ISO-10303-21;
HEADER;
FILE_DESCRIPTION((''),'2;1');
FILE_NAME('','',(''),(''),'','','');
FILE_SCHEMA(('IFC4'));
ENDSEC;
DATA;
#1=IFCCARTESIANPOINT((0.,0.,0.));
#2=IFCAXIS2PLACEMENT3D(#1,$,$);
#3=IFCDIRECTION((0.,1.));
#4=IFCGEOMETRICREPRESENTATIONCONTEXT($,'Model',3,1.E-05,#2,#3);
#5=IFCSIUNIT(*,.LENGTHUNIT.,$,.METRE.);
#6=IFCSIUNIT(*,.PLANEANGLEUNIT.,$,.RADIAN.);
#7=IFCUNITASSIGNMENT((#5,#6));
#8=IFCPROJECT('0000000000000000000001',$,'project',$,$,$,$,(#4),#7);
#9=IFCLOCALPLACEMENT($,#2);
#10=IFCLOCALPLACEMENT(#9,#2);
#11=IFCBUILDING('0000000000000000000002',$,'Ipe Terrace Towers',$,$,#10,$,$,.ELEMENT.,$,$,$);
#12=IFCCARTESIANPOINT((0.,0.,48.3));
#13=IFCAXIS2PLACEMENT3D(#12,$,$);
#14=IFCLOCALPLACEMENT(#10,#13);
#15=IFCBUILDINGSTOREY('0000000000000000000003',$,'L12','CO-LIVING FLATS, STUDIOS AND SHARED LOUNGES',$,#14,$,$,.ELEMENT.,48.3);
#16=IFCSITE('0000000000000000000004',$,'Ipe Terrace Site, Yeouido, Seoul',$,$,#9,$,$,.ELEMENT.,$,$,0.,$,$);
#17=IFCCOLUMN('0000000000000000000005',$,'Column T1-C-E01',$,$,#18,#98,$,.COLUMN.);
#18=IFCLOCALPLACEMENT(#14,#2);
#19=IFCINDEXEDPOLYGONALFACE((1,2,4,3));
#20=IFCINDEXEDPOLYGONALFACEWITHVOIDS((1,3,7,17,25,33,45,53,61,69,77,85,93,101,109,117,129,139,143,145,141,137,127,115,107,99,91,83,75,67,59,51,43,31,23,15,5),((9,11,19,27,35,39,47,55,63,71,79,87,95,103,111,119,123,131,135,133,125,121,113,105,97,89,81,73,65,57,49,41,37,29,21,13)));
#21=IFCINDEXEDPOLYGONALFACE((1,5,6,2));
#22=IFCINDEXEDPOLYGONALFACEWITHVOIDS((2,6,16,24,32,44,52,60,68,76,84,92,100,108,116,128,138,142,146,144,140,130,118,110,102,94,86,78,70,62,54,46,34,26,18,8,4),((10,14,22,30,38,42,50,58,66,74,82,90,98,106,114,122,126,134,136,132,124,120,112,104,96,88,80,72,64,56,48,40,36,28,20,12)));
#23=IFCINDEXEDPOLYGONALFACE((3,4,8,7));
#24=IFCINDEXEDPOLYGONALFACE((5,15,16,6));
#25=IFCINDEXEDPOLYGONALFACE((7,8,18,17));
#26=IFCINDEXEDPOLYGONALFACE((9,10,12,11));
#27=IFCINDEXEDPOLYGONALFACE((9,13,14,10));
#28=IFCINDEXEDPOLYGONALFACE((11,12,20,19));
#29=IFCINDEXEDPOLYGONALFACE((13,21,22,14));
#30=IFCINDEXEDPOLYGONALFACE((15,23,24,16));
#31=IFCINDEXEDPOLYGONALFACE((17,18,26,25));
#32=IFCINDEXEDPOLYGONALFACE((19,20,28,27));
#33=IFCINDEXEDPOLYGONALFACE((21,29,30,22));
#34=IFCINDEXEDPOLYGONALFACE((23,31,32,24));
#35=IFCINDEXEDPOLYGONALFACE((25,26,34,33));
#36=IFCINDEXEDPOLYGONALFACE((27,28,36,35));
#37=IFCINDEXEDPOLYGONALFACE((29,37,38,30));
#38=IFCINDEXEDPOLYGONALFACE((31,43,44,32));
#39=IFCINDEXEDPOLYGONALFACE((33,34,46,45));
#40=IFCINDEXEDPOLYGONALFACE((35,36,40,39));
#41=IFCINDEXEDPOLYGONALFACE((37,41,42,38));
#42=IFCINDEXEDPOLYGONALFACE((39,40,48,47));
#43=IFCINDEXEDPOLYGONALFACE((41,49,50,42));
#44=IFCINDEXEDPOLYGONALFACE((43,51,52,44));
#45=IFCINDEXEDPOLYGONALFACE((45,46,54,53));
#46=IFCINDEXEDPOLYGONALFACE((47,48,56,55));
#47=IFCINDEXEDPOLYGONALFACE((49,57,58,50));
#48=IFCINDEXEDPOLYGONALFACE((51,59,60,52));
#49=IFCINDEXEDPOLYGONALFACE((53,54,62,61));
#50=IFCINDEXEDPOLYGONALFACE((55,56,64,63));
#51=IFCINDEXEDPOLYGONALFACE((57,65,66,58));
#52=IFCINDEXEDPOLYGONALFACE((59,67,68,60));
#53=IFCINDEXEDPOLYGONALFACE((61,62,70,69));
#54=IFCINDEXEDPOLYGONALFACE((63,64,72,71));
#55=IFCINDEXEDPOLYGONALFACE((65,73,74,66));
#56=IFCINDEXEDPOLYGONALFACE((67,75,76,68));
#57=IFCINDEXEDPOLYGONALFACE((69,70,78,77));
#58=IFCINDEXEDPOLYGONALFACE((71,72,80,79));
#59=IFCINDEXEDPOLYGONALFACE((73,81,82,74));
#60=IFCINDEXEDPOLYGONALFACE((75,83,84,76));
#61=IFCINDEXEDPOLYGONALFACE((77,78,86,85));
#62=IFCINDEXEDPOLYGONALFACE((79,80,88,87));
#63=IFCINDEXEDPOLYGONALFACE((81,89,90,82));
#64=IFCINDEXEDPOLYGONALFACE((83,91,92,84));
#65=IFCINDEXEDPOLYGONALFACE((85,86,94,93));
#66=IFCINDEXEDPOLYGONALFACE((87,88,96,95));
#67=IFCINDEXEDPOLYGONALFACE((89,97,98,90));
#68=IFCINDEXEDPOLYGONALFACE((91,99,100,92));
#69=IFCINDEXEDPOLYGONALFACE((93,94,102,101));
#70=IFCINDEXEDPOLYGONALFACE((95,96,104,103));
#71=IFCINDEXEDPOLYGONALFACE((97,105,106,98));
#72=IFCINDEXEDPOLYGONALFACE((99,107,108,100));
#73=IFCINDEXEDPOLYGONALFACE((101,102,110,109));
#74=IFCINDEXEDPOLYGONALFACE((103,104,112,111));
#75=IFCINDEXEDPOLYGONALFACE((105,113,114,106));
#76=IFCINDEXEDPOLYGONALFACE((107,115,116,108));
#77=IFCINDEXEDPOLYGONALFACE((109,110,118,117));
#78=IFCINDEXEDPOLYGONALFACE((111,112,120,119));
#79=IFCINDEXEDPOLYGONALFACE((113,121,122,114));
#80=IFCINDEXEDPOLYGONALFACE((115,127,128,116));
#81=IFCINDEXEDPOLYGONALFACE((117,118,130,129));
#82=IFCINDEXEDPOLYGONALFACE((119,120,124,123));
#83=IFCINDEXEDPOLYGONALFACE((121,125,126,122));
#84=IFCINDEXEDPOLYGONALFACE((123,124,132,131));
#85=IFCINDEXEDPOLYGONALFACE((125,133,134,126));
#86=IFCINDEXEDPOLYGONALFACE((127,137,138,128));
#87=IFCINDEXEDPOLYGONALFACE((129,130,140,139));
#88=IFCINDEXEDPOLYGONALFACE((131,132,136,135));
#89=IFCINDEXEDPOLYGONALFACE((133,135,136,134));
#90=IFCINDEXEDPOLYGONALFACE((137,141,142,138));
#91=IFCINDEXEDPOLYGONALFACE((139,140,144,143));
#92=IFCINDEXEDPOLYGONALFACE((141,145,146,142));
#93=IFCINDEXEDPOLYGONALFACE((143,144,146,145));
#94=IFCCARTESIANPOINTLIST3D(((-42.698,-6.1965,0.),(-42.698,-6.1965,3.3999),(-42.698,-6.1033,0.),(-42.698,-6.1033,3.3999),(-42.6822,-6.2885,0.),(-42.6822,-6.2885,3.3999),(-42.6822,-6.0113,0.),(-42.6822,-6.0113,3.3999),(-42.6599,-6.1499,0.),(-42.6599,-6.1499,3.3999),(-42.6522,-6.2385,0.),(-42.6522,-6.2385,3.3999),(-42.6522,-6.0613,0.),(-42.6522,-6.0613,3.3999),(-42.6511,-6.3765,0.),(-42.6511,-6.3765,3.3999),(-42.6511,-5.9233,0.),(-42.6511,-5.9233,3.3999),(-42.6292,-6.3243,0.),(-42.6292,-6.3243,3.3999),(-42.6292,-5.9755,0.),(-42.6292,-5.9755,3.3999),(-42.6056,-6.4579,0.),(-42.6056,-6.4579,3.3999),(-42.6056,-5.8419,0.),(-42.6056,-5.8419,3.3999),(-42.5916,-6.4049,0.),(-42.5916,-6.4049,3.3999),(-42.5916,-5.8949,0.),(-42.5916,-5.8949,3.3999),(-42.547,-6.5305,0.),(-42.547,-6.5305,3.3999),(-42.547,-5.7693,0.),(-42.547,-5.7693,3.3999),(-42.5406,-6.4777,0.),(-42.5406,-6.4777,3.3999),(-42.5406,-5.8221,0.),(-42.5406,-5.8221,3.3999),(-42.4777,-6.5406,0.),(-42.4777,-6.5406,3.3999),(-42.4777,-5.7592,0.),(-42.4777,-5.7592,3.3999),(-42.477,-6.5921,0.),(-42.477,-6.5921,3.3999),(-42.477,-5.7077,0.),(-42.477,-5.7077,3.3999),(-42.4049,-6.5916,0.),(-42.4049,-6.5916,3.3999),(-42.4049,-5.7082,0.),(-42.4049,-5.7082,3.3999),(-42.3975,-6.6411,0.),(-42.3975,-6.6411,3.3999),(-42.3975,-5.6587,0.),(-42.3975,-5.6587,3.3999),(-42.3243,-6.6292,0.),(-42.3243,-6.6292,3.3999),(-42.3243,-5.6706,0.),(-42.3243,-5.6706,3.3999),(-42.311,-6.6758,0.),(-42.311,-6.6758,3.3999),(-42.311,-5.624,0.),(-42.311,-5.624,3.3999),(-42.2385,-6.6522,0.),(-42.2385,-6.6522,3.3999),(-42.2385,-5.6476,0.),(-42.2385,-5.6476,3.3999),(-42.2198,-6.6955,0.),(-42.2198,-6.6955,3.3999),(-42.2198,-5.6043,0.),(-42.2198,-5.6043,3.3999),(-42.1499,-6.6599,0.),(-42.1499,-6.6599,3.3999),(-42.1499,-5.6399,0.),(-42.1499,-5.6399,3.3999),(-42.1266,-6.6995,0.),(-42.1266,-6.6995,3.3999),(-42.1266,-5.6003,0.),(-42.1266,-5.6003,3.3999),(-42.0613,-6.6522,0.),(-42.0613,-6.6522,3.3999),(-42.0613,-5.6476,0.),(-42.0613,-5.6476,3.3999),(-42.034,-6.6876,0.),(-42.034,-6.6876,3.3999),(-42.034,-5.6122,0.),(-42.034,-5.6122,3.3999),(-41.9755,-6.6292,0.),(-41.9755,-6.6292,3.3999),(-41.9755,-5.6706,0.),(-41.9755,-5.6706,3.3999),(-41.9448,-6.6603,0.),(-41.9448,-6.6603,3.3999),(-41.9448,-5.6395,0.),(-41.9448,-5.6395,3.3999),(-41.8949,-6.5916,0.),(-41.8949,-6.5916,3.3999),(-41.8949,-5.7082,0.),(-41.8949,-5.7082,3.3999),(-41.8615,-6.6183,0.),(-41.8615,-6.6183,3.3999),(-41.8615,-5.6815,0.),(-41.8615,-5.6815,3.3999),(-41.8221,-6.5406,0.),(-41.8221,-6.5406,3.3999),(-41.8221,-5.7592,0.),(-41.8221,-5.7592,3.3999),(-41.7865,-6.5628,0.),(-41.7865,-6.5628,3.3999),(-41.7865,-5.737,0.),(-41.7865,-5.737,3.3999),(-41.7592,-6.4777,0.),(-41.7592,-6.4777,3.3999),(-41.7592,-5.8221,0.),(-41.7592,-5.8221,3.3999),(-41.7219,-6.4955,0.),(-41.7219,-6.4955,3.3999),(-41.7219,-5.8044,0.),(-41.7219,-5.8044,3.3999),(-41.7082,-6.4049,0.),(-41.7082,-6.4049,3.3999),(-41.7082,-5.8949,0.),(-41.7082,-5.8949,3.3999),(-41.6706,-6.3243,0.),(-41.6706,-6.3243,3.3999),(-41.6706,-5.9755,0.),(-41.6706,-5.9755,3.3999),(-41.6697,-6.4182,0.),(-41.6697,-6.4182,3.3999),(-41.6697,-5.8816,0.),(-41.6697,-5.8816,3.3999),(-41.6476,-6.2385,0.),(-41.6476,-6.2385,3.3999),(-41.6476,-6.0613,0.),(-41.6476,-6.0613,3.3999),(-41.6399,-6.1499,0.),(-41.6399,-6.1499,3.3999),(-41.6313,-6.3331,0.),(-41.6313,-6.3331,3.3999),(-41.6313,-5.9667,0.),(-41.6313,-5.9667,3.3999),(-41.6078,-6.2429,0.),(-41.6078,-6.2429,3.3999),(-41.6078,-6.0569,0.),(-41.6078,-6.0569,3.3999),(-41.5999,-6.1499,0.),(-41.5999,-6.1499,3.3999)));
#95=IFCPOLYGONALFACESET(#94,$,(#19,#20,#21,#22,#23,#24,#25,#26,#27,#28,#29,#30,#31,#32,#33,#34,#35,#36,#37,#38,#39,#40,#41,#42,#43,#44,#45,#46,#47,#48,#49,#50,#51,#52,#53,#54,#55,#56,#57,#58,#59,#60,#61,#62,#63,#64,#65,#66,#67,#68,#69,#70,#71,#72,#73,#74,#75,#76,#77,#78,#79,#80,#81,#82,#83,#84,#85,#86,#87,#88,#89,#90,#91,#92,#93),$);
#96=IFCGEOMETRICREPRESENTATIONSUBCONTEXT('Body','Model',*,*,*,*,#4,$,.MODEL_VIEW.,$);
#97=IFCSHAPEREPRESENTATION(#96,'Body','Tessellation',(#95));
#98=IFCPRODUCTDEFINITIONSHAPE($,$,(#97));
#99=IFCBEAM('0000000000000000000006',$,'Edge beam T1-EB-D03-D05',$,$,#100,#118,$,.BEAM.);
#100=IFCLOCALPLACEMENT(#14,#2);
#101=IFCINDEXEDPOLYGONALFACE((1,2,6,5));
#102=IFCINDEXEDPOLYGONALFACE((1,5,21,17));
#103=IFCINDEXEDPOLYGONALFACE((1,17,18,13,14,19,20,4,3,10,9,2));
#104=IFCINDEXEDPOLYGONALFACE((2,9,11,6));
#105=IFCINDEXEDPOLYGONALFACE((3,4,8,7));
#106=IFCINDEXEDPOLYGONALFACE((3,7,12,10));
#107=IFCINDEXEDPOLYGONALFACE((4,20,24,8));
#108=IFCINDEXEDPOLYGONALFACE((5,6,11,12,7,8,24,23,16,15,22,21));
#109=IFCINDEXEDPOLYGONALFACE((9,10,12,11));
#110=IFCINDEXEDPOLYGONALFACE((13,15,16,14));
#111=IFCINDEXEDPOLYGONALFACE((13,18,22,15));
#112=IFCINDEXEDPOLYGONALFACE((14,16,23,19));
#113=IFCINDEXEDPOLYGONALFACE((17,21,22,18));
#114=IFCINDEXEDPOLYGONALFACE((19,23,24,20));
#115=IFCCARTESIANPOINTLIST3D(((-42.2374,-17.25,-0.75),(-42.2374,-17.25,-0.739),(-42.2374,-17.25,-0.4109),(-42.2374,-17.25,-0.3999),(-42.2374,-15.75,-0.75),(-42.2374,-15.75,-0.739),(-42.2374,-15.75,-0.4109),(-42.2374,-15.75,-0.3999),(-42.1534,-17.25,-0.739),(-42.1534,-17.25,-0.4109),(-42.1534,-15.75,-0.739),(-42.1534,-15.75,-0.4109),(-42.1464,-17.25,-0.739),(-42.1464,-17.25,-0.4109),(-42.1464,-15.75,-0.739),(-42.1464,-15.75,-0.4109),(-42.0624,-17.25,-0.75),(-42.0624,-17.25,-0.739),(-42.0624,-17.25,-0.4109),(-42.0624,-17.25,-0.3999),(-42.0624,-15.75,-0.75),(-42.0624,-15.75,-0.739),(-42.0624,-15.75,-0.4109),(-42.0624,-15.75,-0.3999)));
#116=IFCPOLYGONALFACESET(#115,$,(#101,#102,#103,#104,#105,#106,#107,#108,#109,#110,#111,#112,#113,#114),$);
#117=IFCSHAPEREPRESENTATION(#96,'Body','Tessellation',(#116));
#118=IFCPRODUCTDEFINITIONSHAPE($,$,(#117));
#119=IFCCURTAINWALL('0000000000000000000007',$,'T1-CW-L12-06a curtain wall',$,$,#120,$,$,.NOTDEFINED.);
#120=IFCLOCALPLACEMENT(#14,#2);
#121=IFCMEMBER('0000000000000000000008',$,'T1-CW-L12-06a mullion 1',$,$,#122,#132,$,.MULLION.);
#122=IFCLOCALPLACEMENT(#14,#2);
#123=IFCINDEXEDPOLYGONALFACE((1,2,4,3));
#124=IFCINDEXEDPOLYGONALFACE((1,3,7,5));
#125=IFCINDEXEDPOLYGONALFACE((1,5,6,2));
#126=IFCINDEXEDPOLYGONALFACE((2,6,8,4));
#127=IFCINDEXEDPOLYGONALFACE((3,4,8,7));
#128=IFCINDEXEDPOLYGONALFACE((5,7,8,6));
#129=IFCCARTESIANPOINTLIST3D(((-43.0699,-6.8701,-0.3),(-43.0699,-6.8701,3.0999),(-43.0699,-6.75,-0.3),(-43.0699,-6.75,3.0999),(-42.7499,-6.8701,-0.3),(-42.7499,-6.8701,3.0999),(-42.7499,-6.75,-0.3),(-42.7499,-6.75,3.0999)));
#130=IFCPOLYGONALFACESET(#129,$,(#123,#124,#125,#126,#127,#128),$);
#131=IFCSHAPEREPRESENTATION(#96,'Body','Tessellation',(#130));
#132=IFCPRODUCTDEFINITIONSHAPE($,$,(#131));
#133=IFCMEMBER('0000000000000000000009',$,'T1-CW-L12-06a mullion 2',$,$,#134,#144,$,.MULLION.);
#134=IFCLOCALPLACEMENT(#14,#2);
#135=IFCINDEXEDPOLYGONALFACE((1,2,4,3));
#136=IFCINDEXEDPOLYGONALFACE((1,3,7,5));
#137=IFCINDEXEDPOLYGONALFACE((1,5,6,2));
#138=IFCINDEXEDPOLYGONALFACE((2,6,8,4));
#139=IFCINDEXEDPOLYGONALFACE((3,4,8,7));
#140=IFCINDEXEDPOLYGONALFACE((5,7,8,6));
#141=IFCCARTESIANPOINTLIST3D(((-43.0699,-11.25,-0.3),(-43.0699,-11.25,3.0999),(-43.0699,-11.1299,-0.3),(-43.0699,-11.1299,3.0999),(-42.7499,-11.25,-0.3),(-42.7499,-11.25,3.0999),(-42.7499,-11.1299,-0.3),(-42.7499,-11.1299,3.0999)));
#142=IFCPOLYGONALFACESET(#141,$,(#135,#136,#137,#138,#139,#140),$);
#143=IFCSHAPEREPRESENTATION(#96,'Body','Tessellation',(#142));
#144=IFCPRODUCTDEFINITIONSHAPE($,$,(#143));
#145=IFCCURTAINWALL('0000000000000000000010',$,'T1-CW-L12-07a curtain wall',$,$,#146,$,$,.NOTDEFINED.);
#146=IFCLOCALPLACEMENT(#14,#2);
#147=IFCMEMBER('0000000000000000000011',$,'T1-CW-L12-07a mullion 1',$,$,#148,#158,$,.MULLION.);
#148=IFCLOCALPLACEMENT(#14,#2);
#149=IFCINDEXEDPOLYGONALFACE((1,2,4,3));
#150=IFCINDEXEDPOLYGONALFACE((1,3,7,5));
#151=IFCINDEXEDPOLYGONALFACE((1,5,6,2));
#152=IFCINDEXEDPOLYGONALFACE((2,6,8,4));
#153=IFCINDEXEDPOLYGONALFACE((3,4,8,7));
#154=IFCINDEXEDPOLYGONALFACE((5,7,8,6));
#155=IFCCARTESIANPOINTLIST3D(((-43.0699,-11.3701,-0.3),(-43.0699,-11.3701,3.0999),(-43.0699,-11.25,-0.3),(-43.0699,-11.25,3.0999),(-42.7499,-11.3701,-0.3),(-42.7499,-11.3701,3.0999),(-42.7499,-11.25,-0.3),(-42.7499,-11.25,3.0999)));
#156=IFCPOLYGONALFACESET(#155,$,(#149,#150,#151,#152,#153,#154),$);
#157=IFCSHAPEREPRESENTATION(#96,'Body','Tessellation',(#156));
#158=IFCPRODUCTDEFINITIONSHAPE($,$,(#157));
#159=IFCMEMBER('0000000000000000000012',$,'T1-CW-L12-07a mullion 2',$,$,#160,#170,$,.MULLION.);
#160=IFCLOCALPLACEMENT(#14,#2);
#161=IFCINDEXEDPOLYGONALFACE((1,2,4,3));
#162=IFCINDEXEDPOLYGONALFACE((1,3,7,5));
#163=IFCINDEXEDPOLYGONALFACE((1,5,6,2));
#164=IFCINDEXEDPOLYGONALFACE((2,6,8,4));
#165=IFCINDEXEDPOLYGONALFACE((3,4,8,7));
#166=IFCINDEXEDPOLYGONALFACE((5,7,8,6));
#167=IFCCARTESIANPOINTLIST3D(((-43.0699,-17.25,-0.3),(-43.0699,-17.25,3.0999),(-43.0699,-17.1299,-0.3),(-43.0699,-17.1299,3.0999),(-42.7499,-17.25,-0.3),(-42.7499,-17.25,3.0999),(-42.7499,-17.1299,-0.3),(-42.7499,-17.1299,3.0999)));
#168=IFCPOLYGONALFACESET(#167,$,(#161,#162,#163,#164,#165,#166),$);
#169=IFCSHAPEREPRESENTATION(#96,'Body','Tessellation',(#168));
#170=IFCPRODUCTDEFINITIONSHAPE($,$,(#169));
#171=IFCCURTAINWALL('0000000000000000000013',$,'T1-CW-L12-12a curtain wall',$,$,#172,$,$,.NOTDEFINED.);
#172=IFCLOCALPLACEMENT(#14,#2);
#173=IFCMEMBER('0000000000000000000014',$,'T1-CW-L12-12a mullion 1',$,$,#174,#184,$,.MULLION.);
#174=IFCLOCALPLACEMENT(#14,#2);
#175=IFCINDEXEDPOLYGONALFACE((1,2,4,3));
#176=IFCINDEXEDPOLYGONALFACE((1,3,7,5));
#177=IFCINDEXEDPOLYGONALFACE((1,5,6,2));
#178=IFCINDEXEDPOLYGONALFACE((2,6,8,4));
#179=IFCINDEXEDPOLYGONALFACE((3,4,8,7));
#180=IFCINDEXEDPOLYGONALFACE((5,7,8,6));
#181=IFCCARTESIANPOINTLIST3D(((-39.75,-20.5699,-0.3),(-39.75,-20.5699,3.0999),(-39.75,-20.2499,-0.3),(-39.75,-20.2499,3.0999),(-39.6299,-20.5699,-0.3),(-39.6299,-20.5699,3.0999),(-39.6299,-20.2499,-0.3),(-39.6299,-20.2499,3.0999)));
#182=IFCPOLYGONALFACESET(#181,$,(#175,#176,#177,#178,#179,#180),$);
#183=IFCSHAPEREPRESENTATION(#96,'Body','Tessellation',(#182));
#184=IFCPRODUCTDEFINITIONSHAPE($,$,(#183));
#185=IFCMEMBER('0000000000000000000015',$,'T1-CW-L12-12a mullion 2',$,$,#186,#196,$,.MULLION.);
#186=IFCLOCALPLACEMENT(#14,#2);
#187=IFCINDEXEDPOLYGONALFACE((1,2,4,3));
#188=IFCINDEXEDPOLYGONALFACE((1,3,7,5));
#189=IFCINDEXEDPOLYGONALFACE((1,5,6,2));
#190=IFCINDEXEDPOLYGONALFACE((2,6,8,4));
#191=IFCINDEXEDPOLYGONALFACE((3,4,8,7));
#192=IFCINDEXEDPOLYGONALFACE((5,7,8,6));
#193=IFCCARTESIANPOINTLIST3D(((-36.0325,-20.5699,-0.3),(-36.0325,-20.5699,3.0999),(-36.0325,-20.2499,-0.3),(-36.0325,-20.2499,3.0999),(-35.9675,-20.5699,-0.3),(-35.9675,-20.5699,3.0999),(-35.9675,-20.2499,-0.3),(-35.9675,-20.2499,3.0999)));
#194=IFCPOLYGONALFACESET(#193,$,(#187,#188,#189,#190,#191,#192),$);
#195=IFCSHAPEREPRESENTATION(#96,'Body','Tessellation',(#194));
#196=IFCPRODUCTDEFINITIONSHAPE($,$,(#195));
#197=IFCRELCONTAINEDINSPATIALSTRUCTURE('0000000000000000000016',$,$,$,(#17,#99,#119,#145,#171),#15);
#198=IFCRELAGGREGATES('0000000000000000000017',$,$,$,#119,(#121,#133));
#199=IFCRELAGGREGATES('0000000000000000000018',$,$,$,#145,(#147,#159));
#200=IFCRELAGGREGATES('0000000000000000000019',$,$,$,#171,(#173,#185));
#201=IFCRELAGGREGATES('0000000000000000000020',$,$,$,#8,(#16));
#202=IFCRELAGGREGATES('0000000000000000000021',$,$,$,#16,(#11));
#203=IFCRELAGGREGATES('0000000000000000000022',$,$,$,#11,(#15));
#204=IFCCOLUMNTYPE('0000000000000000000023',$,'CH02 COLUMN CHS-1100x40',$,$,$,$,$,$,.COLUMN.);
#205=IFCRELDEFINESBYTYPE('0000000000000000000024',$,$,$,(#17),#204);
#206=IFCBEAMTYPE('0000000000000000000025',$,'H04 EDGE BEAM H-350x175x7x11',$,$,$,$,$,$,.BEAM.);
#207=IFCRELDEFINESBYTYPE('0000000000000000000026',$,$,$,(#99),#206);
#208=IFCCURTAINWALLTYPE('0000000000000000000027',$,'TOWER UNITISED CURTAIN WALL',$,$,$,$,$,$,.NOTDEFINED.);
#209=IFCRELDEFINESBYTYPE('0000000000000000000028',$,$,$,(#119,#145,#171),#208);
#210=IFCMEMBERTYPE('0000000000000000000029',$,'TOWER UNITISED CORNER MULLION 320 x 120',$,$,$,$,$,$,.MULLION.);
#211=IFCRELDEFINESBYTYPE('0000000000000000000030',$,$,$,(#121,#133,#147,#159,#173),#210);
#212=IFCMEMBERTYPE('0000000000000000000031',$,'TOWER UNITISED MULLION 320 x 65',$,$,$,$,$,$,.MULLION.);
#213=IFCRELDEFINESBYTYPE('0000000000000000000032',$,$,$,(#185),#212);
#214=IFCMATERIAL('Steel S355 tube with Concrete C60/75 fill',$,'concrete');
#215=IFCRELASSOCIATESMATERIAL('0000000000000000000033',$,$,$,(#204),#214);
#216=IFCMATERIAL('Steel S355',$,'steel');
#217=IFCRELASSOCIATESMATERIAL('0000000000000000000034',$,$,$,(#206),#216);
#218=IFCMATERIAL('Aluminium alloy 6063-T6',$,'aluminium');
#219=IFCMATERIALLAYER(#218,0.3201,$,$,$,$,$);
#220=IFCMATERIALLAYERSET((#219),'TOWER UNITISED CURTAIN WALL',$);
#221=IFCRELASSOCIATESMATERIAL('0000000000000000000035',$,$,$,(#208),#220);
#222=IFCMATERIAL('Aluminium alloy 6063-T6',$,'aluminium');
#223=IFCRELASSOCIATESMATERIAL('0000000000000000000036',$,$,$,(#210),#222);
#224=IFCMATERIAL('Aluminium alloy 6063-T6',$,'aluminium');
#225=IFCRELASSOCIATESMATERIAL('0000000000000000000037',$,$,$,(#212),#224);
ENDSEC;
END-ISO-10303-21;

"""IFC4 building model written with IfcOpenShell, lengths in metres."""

from ifc_helpers import new_model, si_unit, direction, frame, origin, origin_2d, place, context, subcontext, project, spatial, rectangle, hollow_circle, i_section, extrude, material, layer, layer_set, material_profile, profile_set, type_object, element, aggregate, save


model = new_model("IFC4")

# Units and contexts
model_context = context("Model", 3, precision=1e-05, world=origin(), true_north=direction((0.0, 1.0)))
body_context = subcontext(model_context, "Body", "Model", "MODEL_VIEW")
ifc_project = project(units=[si_unit("LENGTHUNIT", "METRE"), si_unit("PLANEANGLEUNIT", "RADIAN")], contexts=[model_context])

# Site, building, storey
site_placement = place(None, origin())
site = spatial("IfcSite", under=ifc_project, at=site_placement, Name="Ipe Terrace Site, Yeouido, Seoul", CompositionType="ELEMENT", RefElevation=0.0)
building_placement = place(site_placement, origin())
building = spatial("IfcBuilding", under=site, at=building_placement, Name="Ipe Terrace Towers", CompositionType="ELEMENT")
storey_placement = place(building_placement, frame((0.0, 0.0, 48.3)))
storey = spatial("IfcBuildingStorey", under=building, at=storey_placement, Name="L12", Description="CO-LIVING FLATS, STUDIOS AND SHARED LOUNGES", CompositionType="ELEMENT", Elevation=48.3)

# Column
ifc_material_1 = material(Name="Steel S355 tube with Concrete C60/75 fill", Category="concrete")
ifc_material_profile_1 = material_profile(ifc_material_1, hollow_circle(Radius=0.55, WallThickness=0.04, at=origin_2d()), Name="CHS-1100x40")
ifc_profile_set_1 = profile_set([ifc_material_profile_1], Name="Steel S355 tube with Concrete C60/75 fill")
column_type_1 = type_object("IfcColumnType", Name="CH02 COLUMN CHS-1100x40", PredefinedType="COLUMN", material=ifc_profile_set_1)
column_placement = place(storey_placement, frame((-42.1499, -6.1499, 0.0), z_axis=(0.0, 0.0, 1.0), x_axis=(1.0, 0.0, 0.0)))
element("IfcColumn", 1, at=column_placement, inside=storey, type_object=column_type_1, Name="Column T1-C-E01", PredefinedType="COLUMN", context=body_context, shape_type="SweptSolid", body=[
    extrude(hollow_circle(Radius=0.55, WallThickness=0.04, at=origin_2d()), origin(), (0.0, 0.0, 1.0), 3.3999),
])

# Beam
ifc_material_2 = material(Name="Steel S355", Category="steel")
ifc_material_profile_2 = material_profile(ifc_material_2, i_section(OverallWidth=0.175, OverallDepth=0.3501, WebThickness=0.0071, FlangeThickness=0.011, at=origin_2d()), Name="H-350x175x7x11")
ifc_profile_set_2 = profile_set([ifc_material_profile_2], Name="Steel S355")
beam_type = type_object("IfcBeamType", Name="H04 EDGE BEAM H-350x175x7x11", PredefinedType="BEAM", material=ifc_profile_set_2)
beam_placement = place(storey_placement, frame((-42.1499, -15.75, -0.575), z_axis=(0.0, -1.0, 0.0), x_axis=(1.0, 0.0, 0.0)))
element("IfcBeam", 2, at=beam_placement, inside=storey, type_object=beam_type, Name="Edge beam T1-EB-D03-D05", PredefinedType="BEAM", context=body_context, shape_type="SweptSolid", body=[
    extrude(i_section(OverallWidth=0.175, OverallDepth=0.3501, WebThickness=0.0071, FlangeThickness=0.011, at=origin_2d()), origin(), (0.0, 0.0, 1.0), 1.5),
])

# Curtain walls, members
ifc_material_3 = material(Name="Aluminium alloy 6063-T6", Category="aluminium")
ifc_layer_1 = layer(ifc_material_3, 0.3201)
ifc_layer_set_1 = layer_set([ifc_layer_1], Name="TOWER UNITISED CURTAIN WALL")
curtain_wall_type = type_object("IfcCurtainWallType", Name="TOWER UNITISED CURTAIN WALL", PredefinedType="NOTDEFINED", material=ifc_layer_set_1)
curtain_wall_1_placement = place(storey_placement, origin())
curtain_wall_1 = element("IfcCurtainWall", 3, at=curtain_wall_1_placement, inside=storey, type_object=curtain_wall_type, Name="T1-CW-L12-06a curtain wall", PredefinedType="NOTDEFINED")
ifc_material_4 = material(Name="Aluminium alloy 6063-T6", Category="aluminium")
ifc_material_profile_3 = material_profile(ifc_material_4, rectangle(XDim=0.3201, YDim=0.1201, at=origin_2d()), Name="TOWER UNITISED CORNER MULLION 320 x 120")
ifc_profile_set_3 = profile_set([ifc_material_profile_3], Name="Aluminium alloy 6063-T6")
member_type_1 = type_object("IfcMemberType", Name="TOWER UNITISED CORNER MULLION 320 x 120", PredefinedType="MULLION", material=ifc_profile_set_3)
member_1_placement = place(storey_placement, frame((-42.9099, -6.8101, -0.3), z_axis=(0.0, 0.0, 1.0), x_axis=(-1.0, 0.0, 0.0)))
member_1 = element("IfcMember", 4, at=member_1_placement, type_object=member_type_1, Name="T1-CW-L12-06a mullion 1", PredefinedType="MULLION", context=body_context, shape_type="SweptSolid", body=[
    extrude(rectangle(XDim=0.3201, YDim=0.1201, at=origin_2d()), origin(), (0.0, 0.0, 1.0), 3.3999),
])
member_2_placement = place(storey_placement, frame((-42.9099, -11.1899, -0.3), z_axis=(0.0, 0.0, 1.0), x_axis=(-1.0, 0.0, 0.0)))
member_2 = element("IfcMember", 5, at=member_2_placement, type_object=member_type_1, Name="T1-CW-L12-06a mullion 2", PredefinedType="MULLION", context=body_context, shape_type="SweptSolid", body=[
    extrude(rectangle(XDim=0.3201, YDim=0.1201, at=origin_2d()), origin(), (0.0, 0.0, 1.0), 3.3999),
])
curtain_wall_2_placement = place(storey_placement, origin())
curtain_wall_2 = element("IfcCurtainWall", 6, at=curtain_wall_2_placement, inside=storey, type_object=curtain_wall_type, Name="T1-CW-L12-07a curtain wall", PredefinedType="NOTDEFINED")
member_3_placement = place(storey_placement, frame((-42.9099, -11.3101, -0.3), z_axis=(0.0, 0.0, 1.0), x_axis=(-1.0, 0.0, 0.0)))
member_3 = element("IfcMember", 7, at=member_3_placement, type_object=member_type_1, Name="T1-CW-L12-07a mullion 1", PredefinedType="MULLION", context=body_context, shape_type="SweptSolid", body=[
    extrude(rectangle(XDim=0.3201, YDim=0.1201, at=origin_2d()), origin(), (0.0, 0.0, 1.0), 3.3999),
])
member_4_placement = place(storey_placement, frame((-42.9099, -17.1899, -0.3), z_axis=(0.0, 0.0, 1.0), x_axis=(-1.0, 0.0, 0.0)))
member_4 = element("IfcMember", 8, at=member_4_placement, type_object=member_type_1, Name="T1-CW-L12-07a mullion 2", PredefinedType="MULLION", context=body_context, shape_type="SweptSolid", body=[
    extrude(rectangle(XDim=0.3201, YDim=0.1201, at=origin_2d()), origin(), (0.0, 0.0, 1.0), 3.3999),
])
curtain_wall_3_placement = place(storey_placement, origin())
curtain_wall_3 = element("IfcCurtainWall", 9, at=curtain_wall_3_placement, inside=storey, type_object=curtain_wall_type, Name="T1-CW-L12-12a curtain wall", PredefinedType="NOTDEFINED")
member_5_placement = place(storey_placement, frame((-39.6899, -20.4099, -0.3), z_axis=(0.0, 0.0, 1.0), x_axis=(0.0, -1.0, 0.0)))
member_5 = element("IfcMember", 10, at=member_5_placement, type_object=member_type_1, Name="T1-CW-L12-12a mullion 1", PredefinedType="MULLION", context=body_context, shape_type="SweptSolid", body=[
    extrude(rectangle(XDim=0.3201, YDim=0.1201, at=origin_2d()), origin(), (0.0, 0.0, 1.0), 3.3999),
])
ifc_material_5 = material(Name="Aluminium alloy 6063-T6", Category="aluminium")
ifc_material_profile_4 = material_profile(ifc_material_5, rectangle(XDim=0.3201, YDim=0.0649, at=origin_2d()), Name="TOWER UNITISED MULLION 320 x 65")
ifc_profile_set_4 = profile_set([ifc_material_profile_4], Name="Aluminium alloy 6063-T6")
member_type_2 = type_object("IfcMemberType", Name="TOWER UNITISED MULLION 320 x 65", PredefinedType="MULLION", material=ifc_profile_set_4)
member_6_placement = place(storey_placement, frame((-36.0, -20.4099, -0.3), z_axis=(0.0, 0.0, 1.0), x_axis=(0.0, -1.0, 0.0)))
member_6 = element("IfcMember", 11, at=member_6_placement, type_object=member_type_2, Name="T1-CW-L12-12a mullion 2", PredefinedType="MULLION", context=body_context, shape_type="SweptSolid", body=[
    extrude(rectangle(XDim=0.3201, YDim=0.0649, at=origin_2d()), origin(), (0.0, 0.0, 1.0), 3.3999),
])

aggregate(curtain_wall_1, [member_1, member_2])
aggregate(curtain_wall_2, [member_3, member_4])
aggregate(curtain_wall_3, [member_5, member_6])

save(model, "model.ifc")
